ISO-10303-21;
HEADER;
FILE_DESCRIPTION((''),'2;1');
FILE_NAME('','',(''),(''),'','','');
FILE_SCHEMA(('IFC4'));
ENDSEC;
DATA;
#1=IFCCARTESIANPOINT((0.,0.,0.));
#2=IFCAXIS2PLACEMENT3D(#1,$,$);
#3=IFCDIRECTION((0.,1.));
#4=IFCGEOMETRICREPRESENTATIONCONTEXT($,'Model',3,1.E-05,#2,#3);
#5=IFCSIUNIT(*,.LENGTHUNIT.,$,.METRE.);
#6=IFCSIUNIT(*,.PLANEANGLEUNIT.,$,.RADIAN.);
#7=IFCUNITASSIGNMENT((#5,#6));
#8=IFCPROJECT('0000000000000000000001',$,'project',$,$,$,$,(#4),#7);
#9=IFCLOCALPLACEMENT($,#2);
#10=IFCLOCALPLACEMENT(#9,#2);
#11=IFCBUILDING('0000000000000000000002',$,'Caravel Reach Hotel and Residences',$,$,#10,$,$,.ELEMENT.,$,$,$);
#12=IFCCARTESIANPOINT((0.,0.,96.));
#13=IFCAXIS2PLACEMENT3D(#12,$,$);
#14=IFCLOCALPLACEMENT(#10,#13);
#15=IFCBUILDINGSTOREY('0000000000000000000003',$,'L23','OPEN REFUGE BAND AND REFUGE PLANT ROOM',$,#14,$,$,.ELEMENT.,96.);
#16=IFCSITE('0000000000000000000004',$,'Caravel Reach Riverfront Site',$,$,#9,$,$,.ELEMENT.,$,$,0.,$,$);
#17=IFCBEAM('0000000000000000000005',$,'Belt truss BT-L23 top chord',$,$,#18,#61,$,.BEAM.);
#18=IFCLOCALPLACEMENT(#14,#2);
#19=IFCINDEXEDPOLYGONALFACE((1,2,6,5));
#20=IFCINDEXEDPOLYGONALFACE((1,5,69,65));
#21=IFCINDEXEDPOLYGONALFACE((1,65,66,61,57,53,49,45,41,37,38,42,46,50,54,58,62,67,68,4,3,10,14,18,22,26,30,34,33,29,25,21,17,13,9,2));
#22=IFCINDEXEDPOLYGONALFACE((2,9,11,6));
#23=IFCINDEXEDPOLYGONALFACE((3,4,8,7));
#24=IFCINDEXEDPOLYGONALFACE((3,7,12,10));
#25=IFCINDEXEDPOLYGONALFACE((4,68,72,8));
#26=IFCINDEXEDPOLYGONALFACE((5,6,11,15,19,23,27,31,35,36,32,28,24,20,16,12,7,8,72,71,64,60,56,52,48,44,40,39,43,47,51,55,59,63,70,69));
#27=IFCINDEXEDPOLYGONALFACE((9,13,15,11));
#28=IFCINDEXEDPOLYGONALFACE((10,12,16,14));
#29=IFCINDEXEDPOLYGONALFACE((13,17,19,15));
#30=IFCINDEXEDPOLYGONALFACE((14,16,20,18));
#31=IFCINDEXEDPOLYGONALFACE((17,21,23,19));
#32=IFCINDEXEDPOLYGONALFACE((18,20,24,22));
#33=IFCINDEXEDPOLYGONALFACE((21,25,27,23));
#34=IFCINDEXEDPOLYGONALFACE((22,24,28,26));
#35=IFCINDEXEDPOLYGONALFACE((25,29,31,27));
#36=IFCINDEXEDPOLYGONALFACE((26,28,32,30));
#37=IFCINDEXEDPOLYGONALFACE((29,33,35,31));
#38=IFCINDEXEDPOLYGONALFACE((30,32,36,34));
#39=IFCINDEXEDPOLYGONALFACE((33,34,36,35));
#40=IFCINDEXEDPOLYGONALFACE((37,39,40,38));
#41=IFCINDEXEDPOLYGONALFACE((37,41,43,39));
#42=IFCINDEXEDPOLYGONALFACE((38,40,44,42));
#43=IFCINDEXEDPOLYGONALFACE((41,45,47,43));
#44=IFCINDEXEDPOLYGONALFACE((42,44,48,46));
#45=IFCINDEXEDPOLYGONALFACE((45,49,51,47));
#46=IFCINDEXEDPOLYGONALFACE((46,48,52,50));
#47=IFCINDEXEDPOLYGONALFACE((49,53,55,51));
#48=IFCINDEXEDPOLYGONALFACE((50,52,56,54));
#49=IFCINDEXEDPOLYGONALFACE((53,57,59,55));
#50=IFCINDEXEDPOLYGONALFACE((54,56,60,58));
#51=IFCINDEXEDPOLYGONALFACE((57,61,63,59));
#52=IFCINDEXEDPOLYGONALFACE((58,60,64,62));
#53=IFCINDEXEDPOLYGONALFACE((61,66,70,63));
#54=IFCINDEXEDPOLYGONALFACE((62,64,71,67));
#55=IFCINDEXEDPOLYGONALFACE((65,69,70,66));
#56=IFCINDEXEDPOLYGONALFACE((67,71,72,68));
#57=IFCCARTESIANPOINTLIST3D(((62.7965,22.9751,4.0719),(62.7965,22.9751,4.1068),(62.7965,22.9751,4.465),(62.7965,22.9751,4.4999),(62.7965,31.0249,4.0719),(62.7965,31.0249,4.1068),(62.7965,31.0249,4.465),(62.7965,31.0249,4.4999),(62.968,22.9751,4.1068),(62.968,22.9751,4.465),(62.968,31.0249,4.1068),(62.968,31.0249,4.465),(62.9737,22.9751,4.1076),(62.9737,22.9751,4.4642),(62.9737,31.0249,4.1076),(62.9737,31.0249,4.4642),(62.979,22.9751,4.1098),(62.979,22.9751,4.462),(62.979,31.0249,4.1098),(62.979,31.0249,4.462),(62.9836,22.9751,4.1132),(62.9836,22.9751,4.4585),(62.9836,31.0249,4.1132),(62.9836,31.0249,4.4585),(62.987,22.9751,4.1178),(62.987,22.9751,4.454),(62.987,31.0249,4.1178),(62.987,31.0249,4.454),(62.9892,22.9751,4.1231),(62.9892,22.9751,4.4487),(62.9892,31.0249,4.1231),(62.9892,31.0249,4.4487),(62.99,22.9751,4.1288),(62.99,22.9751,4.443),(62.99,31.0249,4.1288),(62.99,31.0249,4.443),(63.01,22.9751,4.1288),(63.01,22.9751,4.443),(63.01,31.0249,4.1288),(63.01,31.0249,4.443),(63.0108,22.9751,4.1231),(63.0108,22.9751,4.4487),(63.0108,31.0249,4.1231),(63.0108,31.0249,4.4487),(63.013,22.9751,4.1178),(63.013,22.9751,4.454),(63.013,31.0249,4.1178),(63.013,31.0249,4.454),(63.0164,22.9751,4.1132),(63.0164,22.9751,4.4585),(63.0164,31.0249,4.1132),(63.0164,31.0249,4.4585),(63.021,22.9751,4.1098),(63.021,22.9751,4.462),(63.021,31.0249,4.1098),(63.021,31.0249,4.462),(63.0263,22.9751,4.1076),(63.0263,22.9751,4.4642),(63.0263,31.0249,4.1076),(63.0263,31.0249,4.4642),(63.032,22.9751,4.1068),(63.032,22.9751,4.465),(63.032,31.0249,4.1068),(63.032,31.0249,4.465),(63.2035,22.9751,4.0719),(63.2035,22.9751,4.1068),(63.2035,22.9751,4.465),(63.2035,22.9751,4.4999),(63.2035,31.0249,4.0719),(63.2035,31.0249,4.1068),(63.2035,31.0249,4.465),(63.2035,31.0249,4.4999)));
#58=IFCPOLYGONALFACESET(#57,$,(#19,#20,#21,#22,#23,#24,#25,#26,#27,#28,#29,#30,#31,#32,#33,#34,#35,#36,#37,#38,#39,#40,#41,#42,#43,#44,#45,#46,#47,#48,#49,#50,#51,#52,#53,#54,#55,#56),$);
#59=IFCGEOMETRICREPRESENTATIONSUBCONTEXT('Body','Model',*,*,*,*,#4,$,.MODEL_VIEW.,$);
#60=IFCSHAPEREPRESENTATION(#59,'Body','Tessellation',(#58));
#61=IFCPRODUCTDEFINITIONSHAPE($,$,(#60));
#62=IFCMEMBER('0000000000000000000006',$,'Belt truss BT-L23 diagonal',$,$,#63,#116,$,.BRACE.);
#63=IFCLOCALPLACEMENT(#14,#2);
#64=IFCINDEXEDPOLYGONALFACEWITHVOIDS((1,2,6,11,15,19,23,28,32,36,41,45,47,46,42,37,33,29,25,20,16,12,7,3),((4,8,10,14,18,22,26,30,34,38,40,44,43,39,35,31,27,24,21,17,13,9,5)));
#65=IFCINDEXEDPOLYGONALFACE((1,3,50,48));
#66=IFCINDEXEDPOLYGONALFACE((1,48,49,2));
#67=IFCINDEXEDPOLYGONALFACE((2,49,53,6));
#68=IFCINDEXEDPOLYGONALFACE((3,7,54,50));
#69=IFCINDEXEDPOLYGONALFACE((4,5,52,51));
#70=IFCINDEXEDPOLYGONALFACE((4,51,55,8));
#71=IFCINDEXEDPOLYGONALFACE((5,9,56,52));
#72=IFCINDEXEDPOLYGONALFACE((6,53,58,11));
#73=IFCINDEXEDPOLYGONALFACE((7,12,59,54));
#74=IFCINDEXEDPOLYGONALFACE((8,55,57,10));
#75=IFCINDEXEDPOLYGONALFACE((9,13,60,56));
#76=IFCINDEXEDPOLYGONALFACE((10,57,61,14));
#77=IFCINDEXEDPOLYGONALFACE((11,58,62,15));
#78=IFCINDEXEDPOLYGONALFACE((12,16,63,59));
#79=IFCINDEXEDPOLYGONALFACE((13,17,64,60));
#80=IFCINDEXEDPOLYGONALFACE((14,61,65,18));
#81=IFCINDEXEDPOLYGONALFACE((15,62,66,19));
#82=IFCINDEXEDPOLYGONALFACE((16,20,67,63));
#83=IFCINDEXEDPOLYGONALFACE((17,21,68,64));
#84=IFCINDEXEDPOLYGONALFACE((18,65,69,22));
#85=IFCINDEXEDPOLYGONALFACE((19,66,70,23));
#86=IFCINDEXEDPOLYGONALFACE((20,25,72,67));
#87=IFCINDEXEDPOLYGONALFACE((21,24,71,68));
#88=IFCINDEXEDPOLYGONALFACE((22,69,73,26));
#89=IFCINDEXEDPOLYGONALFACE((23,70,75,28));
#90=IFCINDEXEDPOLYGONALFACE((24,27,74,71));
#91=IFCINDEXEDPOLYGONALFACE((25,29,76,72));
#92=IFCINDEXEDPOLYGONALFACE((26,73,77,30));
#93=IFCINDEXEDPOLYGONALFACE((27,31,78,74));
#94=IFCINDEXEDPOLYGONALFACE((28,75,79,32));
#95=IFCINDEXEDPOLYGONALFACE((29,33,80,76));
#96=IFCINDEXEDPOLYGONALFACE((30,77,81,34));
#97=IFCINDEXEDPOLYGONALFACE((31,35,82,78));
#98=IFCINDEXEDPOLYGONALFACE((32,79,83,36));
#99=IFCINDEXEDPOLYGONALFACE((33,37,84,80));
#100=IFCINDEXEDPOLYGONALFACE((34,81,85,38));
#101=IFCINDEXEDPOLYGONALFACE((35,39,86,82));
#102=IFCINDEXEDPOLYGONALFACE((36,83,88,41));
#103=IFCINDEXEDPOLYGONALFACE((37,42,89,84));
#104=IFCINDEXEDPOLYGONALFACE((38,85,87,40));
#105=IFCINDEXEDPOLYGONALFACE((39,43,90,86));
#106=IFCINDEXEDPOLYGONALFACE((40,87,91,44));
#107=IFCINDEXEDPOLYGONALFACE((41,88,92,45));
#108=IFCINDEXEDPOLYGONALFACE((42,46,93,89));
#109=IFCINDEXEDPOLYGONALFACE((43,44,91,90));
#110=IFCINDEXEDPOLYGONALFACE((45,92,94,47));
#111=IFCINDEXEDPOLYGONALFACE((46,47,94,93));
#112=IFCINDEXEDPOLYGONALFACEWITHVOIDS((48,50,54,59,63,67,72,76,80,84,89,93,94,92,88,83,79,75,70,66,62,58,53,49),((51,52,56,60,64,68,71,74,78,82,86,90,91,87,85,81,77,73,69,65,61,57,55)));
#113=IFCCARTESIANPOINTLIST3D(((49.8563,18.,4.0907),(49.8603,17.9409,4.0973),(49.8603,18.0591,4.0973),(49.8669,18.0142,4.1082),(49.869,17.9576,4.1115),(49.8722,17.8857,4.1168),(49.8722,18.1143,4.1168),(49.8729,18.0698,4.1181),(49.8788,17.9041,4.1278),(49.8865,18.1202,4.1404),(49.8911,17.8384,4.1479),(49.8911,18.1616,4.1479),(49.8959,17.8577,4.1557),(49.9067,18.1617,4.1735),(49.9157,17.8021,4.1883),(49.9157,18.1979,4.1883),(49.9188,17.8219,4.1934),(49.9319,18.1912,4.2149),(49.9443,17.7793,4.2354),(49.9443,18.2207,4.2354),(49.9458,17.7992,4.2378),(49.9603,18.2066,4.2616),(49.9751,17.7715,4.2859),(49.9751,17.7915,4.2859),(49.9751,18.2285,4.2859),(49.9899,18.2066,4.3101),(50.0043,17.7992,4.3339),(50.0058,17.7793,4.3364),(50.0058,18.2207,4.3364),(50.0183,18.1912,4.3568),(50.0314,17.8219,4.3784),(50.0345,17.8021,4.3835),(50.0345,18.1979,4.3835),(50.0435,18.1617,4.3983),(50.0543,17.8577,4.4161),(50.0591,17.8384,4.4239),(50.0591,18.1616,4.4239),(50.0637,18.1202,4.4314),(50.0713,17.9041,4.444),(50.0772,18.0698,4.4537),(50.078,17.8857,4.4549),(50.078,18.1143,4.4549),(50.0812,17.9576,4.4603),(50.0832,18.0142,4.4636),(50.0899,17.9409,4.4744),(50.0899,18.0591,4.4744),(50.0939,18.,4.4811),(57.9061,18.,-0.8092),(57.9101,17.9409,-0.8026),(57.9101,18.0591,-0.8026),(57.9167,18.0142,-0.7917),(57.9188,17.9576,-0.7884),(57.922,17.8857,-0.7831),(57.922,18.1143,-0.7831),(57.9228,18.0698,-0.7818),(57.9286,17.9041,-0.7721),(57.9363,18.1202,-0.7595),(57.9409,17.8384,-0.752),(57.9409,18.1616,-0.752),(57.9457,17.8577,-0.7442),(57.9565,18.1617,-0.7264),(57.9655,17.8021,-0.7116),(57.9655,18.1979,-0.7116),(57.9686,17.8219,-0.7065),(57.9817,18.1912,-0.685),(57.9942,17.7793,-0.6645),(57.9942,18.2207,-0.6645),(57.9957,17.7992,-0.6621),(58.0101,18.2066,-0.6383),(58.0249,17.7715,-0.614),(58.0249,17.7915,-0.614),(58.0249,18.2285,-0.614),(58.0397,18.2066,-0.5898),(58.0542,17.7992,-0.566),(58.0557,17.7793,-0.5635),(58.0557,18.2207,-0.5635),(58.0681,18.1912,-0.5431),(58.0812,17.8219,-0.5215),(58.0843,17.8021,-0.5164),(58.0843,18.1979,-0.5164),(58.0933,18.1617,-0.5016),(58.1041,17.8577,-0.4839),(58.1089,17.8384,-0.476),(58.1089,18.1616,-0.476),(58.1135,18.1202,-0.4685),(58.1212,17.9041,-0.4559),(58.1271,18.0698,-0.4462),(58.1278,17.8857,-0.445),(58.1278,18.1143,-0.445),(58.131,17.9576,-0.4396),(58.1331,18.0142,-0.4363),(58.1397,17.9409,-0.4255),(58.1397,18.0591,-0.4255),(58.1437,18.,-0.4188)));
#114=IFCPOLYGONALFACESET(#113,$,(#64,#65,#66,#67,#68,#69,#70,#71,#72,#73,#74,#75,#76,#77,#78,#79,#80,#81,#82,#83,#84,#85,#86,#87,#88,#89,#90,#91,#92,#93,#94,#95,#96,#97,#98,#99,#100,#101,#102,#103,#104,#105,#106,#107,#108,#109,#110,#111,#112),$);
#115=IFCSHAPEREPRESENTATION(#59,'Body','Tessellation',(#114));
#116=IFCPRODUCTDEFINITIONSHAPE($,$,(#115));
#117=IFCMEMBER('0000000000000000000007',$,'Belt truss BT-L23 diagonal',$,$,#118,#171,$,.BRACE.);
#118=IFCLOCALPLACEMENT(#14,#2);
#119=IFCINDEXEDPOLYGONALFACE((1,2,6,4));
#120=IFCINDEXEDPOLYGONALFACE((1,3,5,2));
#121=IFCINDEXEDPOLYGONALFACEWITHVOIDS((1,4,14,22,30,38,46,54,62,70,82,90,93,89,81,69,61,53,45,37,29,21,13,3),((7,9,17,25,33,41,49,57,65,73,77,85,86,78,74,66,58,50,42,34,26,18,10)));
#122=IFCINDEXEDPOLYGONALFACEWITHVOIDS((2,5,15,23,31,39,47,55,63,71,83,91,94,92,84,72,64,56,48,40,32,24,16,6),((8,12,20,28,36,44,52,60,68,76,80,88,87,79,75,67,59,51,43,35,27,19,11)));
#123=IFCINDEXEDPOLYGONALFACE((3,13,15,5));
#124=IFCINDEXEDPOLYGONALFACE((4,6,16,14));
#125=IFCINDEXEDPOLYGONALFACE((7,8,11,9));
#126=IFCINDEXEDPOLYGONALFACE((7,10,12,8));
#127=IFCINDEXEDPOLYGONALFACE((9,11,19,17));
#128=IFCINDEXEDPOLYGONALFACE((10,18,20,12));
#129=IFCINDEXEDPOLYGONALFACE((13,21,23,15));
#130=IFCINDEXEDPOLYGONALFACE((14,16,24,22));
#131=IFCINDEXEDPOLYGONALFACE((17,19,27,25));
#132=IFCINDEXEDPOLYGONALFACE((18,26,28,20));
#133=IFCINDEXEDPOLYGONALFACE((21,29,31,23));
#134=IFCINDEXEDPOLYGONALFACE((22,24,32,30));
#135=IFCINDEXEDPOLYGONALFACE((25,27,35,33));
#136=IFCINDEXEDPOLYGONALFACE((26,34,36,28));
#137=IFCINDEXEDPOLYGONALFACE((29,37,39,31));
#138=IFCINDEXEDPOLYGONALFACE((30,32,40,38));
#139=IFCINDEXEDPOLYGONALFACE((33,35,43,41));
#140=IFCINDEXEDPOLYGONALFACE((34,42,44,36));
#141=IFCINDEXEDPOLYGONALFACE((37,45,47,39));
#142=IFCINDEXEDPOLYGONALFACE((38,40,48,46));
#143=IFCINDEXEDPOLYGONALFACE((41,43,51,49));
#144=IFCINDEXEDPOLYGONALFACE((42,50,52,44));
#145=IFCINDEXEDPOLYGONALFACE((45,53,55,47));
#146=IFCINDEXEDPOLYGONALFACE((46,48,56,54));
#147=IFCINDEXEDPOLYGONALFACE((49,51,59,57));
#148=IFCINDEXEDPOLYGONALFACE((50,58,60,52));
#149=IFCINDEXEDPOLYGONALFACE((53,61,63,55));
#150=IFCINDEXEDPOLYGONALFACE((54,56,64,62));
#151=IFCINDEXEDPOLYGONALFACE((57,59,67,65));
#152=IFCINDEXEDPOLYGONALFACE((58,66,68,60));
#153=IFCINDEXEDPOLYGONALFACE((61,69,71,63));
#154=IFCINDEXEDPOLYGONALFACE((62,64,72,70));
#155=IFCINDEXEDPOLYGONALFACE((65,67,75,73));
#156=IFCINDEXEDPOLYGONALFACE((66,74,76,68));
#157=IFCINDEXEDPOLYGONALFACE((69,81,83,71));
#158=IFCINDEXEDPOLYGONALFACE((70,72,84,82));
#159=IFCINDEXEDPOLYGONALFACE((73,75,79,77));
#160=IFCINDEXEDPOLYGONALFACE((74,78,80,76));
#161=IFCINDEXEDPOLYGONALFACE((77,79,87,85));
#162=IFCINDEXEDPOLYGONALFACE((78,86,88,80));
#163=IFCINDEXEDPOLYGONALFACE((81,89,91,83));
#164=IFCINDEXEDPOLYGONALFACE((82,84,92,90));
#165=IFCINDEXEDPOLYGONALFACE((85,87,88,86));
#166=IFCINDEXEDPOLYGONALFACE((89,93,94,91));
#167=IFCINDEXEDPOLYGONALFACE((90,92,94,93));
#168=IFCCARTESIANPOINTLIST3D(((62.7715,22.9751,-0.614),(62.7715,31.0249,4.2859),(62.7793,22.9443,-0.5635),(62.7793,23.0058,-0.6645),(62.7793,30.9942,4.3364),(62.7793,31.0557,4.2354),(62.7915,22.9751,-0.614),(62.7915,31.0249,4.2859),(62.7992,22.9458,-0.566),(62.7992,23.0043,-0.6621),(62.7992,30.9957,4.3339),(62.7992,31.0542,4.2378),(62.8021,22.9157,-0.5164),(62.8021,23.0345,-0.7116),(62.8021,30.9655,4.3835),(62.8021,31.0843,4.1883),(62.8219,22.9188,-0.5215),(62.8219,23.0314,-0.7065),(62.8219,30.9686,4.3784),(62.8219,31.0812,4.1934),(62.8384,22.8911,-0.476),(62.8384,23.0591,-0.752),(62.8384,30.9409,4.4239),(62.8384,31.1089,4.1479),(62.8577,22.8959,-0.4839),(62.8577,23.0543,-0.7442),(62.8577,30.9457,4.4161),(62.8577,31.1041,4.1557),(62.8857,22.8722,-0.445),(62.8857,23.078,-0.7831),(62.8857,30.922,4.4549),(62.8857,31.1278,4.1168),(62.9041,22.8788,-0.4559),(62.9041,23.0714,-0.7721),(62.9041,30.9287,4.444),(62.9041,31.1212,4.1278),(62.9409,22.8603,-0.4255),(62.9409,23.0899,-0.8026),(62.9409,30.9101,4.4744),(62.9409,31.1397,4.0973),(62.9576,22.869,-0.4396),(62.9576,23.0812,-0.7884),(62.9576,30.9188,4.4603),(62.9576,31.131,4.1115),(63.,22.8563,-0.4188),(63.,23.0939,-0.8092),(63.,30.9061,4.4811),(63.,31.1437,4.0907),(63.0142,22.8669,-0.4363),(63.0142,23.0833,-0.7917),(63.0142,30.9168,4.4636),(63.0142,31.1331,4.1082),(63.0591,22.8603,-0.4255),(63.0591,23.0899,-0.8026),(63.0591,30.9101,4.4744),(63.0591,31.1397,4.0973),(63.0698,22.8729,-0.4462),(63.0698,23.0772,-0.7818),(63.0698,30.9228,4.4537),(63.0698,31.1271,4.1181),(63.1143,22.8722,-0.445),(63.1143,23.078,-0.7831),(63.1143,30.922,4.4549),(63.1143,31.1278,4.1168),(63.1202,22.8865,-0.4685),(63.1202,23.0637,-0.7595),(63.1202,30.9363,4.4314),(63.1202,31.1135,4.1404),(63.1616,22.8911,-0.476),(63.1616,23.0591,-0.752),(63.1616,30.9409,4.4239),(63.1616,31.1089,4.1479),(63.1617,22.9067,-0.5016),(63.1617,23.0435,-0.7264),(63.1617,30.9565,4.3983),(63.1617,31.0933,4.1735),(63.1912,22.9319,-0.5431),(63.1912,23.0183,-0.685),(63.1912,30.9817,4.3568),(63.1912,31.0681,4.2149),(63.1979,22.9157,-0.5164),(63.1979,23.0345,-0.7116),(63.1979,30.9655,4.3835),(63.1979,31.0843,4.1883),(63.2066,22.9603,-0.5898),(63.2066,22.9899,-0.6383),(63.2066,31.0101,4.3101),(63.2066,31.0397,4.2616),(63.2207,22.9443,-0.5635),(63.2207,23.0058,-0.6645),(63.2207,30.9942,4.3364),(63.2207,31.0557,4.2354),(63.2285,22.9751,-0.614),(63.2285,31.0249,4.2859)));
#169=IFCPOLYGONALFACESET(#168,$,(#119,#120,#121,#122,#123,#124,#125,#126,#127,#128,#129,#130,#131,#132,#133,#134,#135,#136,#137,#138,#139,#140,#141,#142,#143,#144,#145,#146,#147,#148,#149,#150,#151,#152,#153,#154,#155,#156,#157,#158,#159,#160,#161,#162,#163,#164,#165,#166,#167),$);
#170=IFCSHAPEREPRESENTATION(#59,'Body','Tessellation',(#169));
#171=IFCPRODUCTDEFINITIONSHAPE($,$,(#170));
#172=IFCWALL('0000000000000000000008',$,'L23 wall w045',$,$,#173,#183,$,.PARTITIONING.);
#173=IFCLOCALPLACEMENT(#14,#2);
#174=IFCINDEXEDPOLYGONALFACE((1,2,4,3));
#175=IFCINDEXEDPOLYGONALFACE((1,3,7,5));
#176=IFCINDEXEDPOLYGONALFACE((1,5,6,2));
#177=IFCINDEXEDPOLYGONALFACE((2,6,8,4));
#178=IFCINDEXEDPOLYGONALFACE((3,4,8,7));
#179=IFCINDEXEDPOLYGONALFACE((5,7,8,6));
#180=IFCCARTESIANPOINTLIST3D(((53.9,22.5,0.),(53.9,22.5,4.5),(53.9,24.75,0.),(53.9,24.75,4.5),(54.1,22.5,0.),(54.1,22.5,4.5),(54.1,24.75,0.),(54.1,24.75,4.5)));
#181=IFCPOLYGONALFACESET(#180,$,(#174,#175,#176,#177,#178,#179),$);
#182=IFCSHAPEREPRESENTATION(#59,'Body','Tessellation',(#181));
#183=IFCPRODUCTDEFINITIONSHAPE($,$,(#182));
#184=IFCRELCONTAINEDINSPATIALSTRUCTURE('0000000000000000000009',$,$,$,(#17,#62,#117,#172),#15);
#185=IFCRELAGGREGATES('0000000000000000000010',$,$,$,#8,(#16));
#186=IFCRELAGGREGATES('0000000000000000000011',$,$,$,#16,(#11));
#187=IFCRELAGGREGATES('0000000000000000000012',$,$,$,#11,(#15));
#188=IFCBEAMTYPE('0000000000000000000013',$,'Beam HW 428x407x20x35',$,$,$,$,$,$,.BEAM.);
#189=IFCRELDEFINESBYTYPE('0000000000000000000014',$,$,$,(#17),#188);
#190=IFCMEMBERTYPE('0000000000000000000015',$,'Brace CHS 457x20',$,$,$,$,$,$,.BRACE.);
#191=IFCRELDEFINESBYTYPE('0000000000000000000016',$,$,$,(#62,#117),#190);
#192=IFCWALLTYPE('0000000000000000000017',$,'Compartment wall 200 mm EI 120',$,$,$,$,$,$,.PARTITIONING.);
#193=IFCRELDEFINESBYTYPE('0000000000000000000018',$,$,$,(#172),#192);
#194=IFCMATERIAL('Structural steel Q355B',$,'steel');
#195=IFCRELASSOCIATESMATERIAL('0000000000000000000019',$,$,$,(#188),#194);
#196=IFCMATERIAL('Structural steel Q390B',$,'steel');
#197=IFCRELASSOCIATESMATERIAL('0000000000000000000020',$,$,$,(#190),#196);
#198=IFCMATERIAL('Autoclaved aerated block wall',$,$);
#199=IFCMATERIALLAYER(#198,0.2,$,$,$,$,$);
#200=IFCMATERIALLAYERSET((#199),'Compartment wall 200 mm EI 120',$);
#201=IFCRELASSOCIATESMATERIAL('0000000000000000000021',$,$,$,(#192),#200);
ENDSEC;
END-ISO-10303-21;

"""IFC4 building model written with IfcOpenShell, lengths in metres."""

from ifc_helpers import new_model, si_unit, direction, frame, frame_2d, origin, origin_2d, place, context, subcontext, project, spatial, rectangle, hollow_circle, i_section, extrude, material, layer, layer_set, material_profile, profile_set, type_object, element, save


model = new_model("IFC4")

# Units and contexts
model_context = context("Model", 3, precision=1e-05, world=origin(), true_north=direction((0.0, 1.0)))
body_context = subcontext(model_context, "Body", "Model", "MODEL_VIEW")
ifc_project = project(units=[si_unit("LENGTHUNIT", "METRE"), si_unit("PLANEANGLEUNIT", "RADIAN")], contexts=[model_context])

# Site, building, storey
site_placement = place(None, origin())
site = spatial("IfcSite", under=ifc_project, at=site_placement, Name="Caravel Reach Riverfront Site", CompositionType="ELEMENT", RefElevation=0.0)
building_placement = place(site_placement, origin())
building = spatial("IfcBuilding", under=site, at=building_placement, Name="Caravel Reach Hotel and Residences", CompositionType="ELEMENT")
storey_placement = place(building_placement, frame((0.0, 0.0, 96.0)))
storey = spatial("IfcBuildingStorey", under=building, at=storey_placement, Name="L23", Description="OPEN REFUGE BAND AND REFUGE PLANT ROOM", CompositionType="ELEMENT", Elevation=96.0)

# Beam
ifc_material_1 = material(Name="Structural steel Q355B", Category="steel")
ifc_material_profile_1 = material_profile(ifc_material_1, i_section(OverallWidth=0.407, OverallDepth=0.428, WebThickness=0.02, FlangeThickness=0.0349, FilletRadius=0.022, at=origin_2d()), Name="HW 428x407x20x35")
ifc_profile_set_1 = profile_set([ifc_material_profile_1], Name="Structural steel Q355B")
beam_type = type_object("IfcBeamType", Name="Beam HW 428x407x20x35", PredefinedType="BEAM", material=ifc_profile_set_1)
for number, where, z_axis, x_axis, name in (
    (1, (63.0, 22.9751, 4.2859), (0.0, 1.0, 0.0), (-1.0, 0.0, 0.0), "Belt truss BT-L23 top chord"),
):
    element("IfcBeam", number, at=place(storey_placement, frame(where, z_axis=z_axis, x_axis=x_axis)), inside=storey, type_object=beam_type, Name=name, PredefinedType="BEAM", context=body_context, shape_type="SweptSolid", body=[
        extrude(i_section(OverallWidth=0.407, OverallDepth=0.428, WebThickness=0.02, FlangeThickness=0.0349, FilletRadius=0.022, at=origin_2d()), origin(), (0.0, 0.0, 1.0), 8.0498),
    ])

# Members
ifc_material_2 = material(Name="Structural steel Q390B", Category="steel")
ifc_material_profile_2 = material_profile(ifc_material_2, hollow_circle(Radius=0.2285, WallThickness=0.02, at=origin_2d()), Name="CHS 457x20")
ifc_profile_set_2 = profile_set([ifc_material_profile_2], Name="Structural steel Q390B")
member_type = type_object("IfcMemberType", Name="Brace CHS 457x20", PredefinedType="BRACE", material=ifc_profile_set_2)
for number, where, z_axis, x_axis, name in (
    (2, (58.0249, 18.0, -0.614), (-0.854198, 0.0, 0.519949), (0.0, -1.0, 0.0), "Belt truss BT-L23 diagonal"),
    (3, (63.0, 22.9751, -0.614), (0.0, 0.854198, 0.519949), (-1.0, 0.0, 0.0), "Belt truss BT-L23 diagonal"),
):
    element("IfcMember", number, at=place(storey_placement, frame(where, z_axis=z_axis, x_axis=x_axis)), inside=storey, type_object=member_type, Name=name, PredefinedType="BRACE", context=body_context, shape_type="SweptSolid", body=[
        extrude(hollow_circle(Radius=0.2285, WallThickness=0.02, at=origin_2d()), origin(), (0.0, 0.0, 1.0), 9.4238),
    ])

# Wall
ifc_material_3 = material(Name="Autoclaved aerated block wall")
ifc_layer = layer(ifc_material_3, 0.2)
ifc_layer_set = layer_set([ifc_layer], Name="Compartment wall 200 mm EI 120")
wall_type = type_object("IfcWallType", Name="Compartment wall 200 mm EI 120", PredefinedType="PARTITIONING", material=ifc_layer_set)
wall_placement = place(storey_placement, frame((54.0, 22.5, 0.0), z_axis=(0.0, 0.0, 1.0), x_axis=(0.0, 1.0, 0.0)))
element("IfcWall", 4, at=wall_placement, inside=storey, type_object=wall_type, Name="L23 wall w045", PredefinedType="PARTITIONING", context=body_context, shape_type="SweptSolid", body=[
    extrude(rectangle(XDim=2.25, YDim=0.2, at=frame_2d((1.125, 0.0))), origin(), (0.0, 0.0, 1.0), 4.5),
])

save(model, "model.ifc")
